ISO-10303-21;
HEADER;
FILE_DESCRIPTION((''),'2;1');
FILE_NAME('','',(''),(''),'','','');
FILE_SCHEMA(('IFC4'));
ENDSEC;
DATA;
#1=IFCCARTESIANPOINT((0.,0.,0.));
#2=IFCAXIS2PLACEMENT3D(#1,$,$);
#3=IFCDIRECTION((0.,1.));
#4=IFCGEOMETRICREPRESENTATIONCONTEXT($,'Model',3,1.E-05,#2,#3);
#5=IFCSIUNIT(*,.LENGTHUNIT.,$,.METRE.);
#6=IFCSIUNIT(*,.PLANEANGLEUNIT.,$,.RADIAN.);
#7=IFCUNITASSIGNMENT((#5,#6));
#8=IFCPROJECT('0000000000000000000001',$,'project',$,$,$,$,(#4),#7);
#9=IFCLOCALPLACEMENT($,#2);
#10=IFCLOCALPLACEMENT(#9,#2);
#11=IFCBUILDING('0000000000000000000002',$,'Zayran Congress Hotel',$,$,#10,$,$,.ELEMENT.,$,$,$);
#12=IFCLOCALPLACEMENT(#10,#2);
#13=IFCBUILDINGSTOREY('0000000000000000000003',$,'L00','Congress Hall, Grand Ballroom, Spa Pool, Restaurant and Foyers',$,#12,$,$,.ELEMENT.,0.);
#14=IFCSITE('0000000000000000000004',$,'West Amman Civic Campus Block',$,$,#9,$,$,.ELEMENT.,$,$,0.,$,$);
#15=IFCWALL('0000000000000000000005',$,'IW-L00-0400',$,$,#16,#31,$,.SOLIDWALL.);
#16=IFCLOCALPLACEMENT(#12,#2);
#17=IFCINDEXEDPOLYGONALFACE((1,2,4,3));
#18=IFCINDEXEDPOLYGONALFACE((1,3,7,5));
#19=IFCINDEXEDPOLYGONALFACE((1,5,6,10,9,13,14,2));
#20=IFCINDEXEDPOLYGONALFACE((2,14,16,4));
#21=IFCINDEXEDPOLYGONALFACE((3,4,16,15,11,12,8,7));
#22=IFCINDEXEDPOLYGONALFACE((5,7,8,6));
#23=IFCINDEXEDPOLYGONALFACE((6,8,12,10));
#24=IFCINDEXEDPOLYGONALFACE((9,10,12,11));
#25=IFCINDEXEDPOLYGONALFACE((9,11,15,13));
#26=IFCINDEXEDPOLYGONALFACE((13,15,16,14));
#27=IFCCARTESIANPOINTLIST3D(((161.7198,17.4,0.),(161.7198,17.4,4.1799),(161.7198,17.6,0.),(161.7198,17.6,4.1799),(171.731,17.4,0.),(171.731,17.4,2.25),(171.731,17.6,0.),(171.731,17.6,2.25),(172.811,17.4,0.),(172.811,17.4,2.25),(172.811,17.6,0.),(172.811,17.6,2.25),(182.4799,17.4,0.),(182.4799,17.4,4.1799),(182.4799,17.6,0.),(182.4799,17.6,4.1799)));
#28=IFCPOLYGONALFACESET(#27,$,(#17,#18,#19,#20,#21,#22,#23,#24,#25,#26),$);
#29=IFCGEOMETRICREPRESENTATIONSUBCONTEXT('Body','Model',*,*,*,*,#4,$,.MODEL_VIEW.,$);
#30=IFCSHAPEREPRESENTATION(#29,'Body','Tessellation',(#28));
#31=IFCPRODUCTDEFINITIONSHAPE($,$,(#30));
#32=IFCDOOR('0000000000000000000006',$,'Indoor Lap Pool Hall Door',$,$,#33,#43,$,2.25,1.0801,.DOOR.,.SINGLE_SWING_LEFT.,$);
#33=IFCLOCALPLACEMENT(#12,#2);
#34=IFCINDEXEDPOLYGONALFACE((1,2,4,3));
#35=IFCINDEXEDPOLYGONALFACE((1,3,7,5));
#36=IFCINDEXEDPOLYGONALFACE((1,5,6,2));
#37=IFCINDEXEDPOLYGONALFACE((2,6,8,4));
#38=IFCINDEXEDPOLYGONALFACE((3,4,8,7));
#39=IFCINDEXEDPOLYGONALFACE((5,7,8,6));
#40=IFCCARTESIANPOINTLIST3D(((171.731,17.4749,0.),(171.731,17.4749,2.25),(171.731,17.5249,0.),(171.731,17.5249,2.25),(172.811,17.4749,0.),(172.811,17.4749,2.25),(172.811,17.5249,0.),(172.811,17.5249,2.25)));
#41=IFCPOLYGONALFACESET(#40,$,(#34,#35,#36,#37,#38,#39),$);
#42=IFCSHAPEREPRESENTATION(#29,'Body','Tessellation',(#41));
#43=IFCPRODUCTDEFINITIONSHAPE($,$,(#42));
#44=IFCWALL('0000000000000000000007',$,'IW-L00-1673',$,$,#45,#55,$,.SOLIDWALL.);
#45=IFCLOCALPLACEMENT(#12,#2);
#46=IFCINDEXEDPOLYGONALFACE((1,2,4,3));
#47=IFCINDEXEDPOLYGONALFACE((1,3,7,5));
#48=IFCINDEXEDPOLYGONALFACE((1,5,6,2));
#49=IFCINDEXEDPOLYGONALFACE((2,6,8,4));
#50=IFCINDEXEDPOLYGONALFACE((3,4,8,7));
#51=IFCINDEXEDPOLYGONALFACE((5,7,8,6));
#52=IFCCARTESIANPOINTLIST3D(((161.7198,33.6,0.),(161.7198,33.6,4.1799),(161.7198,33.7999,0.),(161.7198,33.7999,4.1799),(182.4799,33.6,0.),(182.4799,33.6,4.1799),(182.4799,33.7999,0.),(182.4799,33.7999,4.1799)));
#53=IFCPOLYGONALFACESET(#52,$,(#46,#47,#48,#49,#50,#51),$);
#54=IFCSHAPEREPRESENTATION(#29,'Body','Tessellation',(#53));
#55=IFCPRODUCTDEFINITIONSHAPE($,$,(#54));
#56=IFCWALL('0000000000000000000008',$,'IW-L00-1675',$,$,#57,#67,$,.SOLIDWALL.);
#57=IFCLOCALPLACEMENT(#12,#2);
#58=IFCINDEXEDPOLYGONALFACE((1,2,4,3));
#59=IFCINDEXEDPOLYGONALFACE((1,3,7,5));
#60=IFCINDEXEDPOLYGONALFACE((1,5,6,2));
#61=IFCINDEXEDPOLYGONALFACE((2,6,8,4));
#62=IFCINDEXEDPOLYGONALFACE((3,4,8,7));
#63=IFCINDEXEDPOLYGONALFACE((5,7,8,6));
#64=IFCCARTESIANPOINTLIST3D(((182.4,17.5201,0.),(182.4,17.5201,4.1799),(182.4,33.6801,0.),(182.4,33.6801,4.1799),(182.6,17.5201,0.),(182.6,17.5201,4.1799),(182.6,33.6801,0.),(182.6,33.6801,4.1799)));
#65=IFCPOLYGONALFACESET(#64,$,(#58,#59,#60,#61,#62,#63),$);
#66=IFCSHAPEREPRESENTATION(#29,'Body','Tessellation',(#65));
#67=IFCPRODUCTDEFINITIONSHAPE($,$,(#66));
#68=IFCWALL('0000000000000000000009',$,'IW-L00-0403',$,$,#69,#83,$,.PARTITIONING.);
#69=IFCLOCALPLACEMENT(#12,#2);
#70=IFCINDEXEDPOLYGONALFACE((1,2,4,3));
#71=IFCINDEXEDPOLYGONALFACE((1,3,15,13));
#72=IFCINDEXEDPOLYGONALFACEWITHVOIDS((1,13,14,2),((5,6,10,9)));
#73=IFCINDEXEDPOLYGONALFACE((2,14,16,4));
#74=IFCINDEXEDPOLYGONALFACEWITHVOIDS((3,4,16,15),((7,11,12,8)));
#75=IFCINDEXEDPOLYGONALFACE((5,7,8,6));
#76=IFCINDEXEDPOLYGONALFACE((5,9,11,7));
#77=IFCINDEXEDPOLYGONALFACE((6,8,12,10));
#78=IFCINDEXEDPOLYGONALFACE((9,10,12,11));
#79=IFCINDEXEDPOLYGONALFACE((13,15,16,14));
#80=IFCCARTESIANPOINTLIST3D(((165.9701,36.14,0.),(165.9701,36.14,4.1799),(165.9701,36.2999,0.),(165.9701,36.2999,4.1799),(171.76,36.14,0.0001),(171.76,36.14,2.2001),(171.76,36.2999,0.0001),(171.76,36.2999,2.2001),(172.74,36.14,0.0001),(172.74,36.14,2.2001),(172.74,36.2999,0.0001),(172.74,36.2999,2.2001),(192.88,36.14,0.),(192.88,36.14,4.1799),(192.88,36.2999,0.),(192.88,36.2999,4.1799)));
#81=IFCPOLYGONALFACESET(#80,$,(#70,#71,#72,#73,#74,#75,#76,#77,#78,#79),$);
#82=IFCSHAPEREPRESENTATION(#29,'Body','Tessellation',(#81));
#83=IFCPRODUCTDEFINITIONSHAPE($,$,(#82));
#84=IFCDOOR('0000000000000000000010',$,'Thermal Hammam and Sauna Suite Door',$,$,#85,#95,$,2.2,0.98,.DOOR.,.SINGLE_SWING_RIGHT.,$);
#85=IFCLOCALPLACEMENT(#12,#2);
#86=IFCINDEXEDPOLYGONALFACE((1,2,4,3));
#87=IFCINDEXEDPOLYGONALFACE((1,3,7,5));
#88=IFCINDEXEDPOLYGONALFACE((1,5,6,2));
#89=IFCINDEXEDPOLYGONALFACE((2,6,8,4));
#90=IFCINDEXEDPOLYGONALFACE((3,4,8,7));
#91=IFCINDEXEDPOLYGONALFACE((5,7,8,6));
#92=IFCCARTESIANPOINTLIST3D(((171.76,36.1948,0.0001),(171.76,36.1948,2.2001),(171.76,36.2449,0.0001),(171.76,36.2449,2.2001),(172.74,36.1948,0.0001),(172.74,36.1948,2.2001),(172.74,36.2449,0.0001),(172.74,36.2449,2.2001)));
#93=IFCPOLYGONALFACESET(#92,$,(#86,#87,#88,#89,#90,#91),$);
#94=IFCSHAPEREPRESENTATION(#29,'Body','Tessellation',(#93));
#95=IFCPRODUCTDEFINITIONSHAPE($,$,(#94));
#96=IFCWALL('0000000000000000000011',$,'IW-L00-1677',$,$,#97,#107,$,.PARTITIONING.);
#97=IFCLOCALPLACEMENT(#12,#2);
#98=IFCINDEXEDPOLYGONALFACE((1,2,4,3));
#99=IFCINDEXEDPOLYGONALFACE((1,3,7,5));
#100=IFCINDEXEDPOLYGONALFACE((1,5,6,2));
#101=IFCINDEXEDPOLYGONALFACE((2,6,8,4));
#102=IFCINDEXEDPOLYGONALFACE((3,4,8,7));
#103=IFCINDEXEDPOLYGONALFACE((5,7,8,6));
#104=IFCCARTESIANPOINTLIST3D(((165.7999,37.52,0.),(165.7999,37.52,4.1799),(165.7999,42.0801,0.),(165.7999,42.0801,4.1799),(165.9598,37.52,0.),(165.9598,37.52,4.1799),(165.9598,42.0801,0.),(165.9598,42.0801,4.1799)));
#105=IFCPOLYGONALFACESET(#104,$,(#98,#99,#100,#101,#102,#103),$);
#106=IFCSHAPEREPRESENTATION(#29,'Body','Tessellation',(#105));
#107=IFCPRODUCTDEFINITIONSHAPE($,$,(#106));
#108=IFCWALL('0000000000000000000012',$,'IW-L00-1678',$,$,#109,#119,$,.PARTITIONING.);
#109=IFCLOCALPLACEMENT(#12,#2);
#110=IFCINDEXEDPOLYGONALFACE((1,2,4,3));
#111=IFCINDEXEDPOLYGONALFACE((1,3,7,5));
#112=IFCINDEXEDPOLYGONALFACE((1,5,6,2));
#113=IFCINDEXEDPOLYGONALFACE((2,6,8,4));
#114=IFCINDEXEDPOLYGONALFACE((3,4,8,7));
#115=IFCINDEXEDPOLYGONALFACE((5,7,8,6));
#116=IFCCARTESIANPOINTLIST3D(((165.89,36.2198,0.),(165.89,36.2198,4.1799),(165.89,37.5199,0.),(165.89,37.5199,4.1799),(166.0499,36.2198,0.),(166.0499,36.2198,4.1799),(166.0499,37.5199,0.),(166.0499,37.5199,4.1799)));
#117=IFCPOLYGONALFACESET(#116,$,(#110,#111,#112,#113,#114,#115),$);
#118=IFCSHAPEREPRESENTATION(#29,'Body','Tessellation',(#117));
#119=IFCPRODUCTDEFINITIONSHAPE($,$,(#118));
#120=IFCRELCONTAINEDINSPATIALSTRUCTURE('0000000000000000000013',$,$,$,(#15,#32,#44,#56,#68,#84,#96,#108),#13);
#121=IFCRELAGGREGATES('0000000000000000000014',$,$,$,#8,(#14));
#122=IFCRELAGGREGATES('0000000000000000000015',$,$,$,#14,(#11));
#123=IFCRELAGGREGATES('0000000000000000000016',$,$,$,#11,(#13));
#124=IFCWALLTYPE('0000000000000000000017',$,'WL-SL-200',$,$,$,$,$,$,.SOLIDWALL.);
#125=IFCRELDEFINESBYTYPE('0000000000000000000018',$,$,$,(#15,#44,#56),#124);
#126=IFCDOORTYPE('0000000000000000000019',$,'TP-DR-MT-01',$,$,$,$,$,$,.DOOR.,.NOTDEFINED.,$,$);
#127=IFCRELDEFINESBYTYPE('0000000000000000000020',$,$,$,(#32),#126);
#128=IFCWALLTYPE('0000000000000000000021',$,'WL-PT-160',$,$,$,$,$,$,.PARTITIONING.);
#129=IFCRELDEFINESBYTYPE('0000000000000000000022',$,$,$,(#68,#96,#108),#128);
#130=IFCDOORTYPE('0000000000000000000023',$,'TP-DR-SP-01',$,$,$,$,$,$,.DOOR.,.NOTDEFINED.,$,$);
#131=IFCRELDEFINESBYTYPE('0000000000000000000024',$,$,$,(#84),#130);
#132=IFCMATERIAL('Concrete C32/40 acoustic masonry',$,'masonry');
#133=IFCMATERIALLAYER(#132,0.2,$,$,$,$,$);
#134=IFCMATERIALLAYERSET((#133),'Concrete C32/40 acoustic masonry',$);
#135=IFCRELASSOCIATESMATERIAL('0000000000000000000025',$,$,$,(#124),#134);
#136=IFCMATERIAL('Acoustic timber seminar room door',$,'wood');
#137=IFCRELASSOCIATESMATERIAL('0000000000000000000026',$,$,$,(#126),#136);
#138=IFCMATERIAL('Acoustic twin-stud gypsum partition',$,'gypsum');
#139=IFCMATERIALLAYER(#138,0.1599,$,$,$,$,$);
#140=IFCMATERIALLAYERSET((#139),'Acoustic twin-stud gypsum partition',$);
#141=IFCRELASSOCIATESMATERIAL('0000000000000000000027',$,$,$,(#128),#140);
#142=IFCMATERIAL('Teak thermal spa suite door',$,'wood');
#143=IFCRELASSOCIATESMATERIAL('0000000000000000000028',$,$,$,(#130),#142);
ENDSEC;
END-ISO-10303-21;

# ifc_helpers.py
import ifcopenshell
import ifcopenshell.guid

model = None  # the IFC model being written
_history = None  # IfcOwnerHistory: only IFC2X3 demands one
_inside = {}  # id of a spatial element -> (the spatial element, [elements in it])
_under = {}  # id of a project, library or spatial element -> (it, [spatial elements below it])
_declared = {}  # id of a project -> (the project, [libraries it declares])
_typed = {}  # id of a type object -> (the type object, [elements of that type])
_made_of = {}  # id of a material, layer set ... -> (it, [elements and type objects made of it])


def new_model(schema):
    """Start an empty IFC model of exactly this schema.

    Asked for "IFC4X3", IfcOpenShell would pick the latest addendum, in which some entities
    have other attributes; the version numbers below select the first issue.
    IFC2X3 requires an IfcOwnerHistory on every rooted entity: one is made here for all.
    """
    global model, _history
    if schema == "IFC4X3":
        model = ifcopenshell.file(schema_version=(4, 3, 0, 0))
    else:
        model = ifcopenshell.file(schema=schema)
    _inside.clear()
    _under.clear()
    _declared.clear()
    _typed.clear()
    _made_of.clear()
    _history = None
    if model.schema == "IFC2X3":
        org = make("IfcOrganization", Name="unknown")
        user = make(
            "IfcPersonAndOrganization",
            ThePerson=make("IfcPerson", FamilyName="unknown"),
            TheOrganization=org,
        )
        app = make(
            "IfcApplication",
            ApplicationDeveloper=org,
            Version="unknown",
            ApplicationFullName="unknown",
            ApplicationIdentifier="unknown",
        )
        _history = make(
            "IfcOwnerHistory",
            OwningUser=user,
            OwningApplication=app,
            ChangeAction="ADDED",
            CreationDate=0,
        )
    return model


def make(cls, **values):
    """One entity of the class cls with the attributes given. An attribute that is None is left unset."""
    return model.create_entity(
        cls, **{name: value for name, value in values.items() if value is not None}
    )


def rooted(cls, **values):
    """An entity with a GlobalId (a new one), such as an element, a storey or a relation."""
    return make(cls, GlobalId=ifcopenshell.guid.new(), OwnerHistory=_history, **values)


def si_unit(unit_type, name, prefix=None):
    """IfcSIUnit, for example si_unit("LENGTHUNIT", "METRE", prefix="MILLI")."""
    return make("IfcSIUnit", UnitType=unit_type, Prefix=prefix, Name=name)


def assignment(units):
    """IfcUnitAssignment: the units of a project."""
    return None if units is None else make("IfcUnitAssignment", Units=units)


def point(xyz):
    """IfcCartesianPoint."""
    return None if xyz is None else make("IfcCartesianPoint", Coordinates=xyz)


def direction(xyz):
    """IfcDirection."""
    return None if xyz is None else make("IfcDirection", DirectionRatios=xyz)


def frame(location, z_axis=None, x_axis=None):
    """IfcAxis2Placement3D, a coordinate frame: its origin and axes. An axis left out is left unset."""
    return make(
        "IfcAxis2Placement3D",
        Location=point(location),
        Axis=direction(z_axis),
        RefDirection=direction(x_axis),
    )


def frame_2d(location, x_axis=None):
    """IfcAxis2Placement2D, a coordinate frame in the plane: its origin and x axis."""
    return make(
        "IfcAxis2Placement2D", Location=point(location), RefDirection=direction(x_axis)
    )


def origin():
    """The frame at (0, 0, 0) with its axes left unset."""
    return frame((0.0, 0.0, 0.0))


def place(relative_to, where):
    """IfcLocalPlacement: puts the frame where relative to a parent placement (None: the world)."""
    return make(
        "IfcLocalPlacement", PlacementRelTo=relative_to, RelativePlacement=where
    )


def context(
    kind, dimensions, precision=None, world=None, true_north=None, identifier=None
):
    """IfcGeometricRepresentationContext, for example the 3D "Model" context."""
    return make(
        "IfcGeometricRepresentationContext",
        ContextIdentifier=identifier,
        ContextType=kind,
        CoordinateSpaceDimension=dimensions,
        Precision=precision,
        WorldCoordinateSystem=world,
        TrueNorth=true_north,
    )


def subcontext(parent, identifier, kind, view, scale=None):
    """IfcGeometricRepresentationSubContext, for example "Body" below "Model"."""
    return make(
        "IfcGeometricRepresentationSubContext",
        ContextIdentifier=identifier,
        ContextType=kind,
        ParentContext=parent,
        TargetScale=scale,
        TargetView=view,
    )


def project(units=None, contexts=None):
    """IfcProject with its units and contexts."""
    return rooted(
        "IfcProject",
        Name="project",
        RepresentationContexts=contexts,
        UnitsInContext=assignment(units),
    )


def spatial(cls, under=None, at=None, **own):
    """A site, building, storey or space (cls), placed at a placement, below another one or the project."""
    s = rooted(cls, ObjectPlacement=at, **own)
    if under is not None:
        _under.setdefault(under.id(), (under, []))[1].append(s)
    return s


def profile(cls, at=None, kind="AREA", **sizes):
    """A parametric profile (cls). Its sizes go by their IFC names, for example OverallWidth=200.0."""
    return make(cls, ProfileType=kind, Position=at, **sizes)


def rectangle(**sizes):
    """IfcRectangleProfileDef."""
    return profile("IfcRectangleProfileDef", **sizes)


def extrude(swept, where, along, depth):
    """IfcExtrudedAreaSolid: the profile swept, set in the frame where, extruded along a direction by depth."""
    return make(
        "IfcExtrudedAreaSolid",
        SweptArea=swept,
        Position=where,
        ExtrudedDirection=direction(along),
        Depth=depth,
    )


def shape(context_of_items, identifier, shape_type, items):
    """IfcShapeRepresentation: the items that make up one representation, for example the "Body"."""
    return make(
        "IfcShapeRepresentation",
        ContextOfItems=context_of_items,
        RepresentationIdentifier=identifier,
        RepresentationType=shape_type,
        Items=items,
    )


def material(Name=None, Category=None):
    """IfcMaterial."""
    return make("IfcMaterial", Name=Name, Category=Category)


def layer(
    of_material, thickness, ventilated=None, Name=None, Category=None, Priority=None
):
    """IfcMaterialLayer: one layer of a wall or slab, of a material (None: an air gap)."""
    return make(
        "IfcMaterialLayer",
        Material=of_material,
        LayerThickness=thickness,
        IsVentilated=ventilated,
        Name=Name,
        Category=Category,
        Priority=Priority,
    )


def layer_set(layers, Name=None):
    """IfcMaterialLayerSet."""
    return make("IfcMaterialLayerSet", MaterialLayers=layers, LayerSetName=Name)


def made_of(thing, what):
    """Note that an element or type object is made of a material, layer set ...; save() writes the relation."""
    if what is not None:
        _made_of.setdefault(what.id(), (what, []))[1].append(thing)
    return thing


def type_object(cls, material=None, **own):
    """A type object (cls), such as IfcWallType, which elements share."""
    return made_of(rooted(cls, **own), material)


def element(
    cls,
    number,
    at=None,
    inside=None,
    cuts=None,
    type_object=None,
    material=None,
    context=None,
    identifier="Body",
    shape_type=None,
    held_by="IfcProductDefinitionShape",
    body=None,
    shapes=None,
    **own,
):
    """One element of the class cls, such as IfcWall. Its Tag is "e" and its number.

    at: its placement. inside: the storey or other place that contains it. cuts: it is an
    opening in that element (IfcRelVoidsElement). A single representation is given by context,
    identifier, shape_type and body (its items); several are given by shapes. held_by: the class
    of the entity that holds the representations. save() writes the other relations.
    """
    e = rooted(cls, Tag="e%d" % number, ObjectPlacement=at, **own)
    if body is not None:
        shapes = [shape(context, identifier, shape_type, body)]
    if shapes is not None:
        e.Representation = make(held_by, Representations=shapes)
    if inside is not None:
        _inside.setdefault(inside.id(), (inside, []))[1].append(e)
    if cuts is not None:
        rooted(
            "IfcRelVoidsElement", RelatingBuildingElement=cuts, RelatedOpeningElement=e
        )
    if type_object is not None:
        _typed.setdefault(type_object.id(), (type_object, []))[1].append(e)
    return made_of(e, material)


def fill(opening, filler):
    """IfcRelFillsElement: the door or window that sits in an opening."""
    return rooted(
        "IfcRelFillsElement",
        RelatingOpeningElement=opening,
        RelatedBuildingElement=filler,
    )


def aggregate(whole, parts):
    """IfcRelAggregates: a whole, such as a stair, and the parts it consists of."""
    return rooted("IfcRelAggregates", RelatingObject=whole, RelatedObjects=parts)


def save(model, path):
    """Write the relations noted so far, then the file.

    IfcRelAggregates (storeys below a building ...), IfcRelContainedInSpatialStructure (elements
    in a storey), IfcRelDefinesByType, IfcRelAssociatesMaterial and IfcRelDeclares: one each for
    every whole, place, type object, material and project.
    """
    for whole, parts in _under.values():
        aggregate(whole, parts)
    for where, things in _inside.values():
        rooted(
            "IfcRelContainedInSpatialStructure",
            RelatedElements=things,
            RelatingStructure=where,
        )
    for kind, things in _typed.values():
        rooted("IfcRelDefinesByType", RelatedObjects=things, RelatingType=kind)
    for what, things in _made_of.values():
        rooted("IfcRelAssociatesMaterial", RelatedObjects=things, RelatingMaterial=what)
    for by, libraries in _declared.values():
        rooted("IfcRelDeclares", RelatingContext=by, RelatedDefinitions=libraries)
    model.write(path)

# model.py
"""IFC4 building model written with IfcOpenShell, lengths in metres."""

from ifc_helpers import new_model, si_unit, direction, frame, frame_2d, origin, place, context, subcontext, project, spatial, rectangle, extrude, material, layer, layer_set, type_object, element, fill, save


model = new_model("IFC4")

# Units and contexts
model_context = context("Model", 3, precision=1e-05, world=origin(), true_north=direction((0.0, 1.0)))
body_context = subcontext(model_context, "Body", "Model", "MODEL_VIEW")
ifc_project = project(units=[si_unit("LENGTHUNIT", "METRE"), si_unit("PLANEANGLEUNIT", "RADIAN")], contexts=[model_context])

# Site, building, storey
site_placement = place(None, origin())
site = spatial("IfcSite", under=ifc_project, at=site_placement, Name="West Amman Civic Campus Block", CompositionType="ELEMENT", RefElevation=0.0)
building_placement = place(site_placement, origin())
building = spatial("IfcBuilding", under=site, at=building_placement, Name="Zayran Congress Hotel", CompositionType="ELEMENT")
storey_placement = place(building_placement, origin())
storey = spatial("IfcBuildingStorey", under=building, at=storey_placement, Name="L00", Description="Congress Hall, Grand Ballroom, Spa Pool, Restaurant and Foyers", CompositionType="ELEMENT", Elevation=0.0)

# Wall, opening, door
ifc_material_1 = material(Name="Concrete C32/40 acoustic masonry", Category="masonry")
ifc_layer_1 = layer(ifc_material_1, 0.2)
ifc_layer_set_1 = layer_set([ifc_layer_1], Name="Concrete C32/40 acoustic masonry")
wall_type_1 = type_object("IfcWallType", Name="WL-SL-200", PredefinedType="SOLIDWALL", material=ifc_layer_set_1)
wall_1_placement = place(storey_placement, frame((161.72, 17.5, 0.0), z_axis=(0.0, 0.0, 1.0), x_axis=(1.0, 0.0, 0.0)))
wall_1 = element("IfcWall", 1, at=wall_1_placement, inside=storey, type_object=wall_type_1, Name="IW-L00-0400", PredefinedType="SOLIDWALL", context=body_context, shape_type="SweptSolid", body=[
    extrude(rectangle(XDim=20.76, YDim=0.2, at=frame_2d((10.3799, 0.0))), origin(), (0.0, 0.0, 1.0), 4.1799),
])
opening_1_placement = place(wall_1_placement, frame((10.011, 0.0, 0.0)))
opening_1 = element("IfcOpeningElement", 2, at=opening_1_placement, cuts=wall_1, PredefinedType="OPENING", context=body_context, shape_type="SweptSolid", body=[
    extrude(rectangle(XDim=1.0801, YDim=2.25, at=frame_2d((0.54, 1.125))), frame((0.0, 0.1099, 0.0), z_axis=(0.0, -1.0, 0.0), x_axis=(1.0, 0.0, 0.0)), (0.0, 0.0, 1.0), 0.22),
])
ifc_material_2 = material(Name="Acoustic timber seminar room door", Category="wood")
door_type_1 = type_object("IfcDoorType", Name="TP-DR-MT-01", OperationType="NOTDEFINED", PredefinedType="DOOR", material=ifc_material_2)
door_1_placement = place(opening_1_placement, origin())
door_1 = element("IfcDoor", 3, at=door_1_placement, inside=storey, type_object=door_type_1, Name="Indoor Lap Pool Hall Door", OperationType="SINGLE_SWING_LEFT", OverallHeight=2.25, OverallWidth=1.0801, PredefinedType="DOOR", context=body_context, shape_type="SweptSolid", body=[
    extrude(rectangle(XDim=1.0801, YDim=2.25, at=frame_2d((0.54, 1.125))), frame((0.0, 0.0249, 0.0), z_axis=(0.0, -1.0, 0.0), x_axis=(1.0, 0.0, 0.0)), (0.0, 0.0, 1.0), 0.05),
])
fill(opening_1, door_1)

# Walls
wall_2_placement = place(storey_placement, frame((161.72, 33.7, 0.0), z_axis=(0.0, 0.0, 1.0), x_axis=(1.0, 0.0, 0.0)))
element("IfcWall", 4, at=wall_2_placement, inside=storey, type_object=wall_type_1, Name="IW-L00-1673", PredefinedType="SOLIDWALL", context=body_context, shape_type="SweptSolid", body=[
    extrude(rectangle(XDim=20.76, YDim=0.2, at=frame_2d((10.3799, 0.0))), origin(), (0.0, 0.0, 1.0), 4.1799),
])
wall_3_placement = place(storey_placement, frame((182.5, 17.52, 0.0), z_axis=(0.0, 0.0, 1.0), x_axis=(0.0, 1.0, 0.0)))
element("IfcWall", 5, at=wall_3_placement, inside=storey, type_object=wall_type_1, Name="IW-L00-1675", PredefinedType="SOLIDWALL", context=body_context, shape_type="SweptSolid", body=[
    extrude(rectangle(XDim=16.1599, YDim=0.2, at=frame_2d((8.0801, 0.0))), origin(), (0.0, 0.0, 1.0), 4.1799),
])

# Wall, opening, door
ifc_material_3 = material(Name="Acoustic twin-stud gypsum partition", Category="gypsum")
ifc_layer_2 = layer(ifc_material_3, 0.1599)
ifc_layer_set_2 = layer_set([ifc_layer_2], Name="Acoustic twin-stud gypsum partition")
wall_type_2 = type_object("IfcWallType", Name="WL-PT-160", PredefinedType="PARTITIONING", material=ifc_layer_set_2)
wall_4_placement = place(storey_placement, frame((165.97, 36.22, 0.0), z_axis=(0.0, 0.0, 1.0), x_axis=(1.0, 0.0, 0.0)))
wall_4 = element("IfcWall", 6, at=wall_4_placement, inside=storey, type_object=wall_type_2, Name="IW-L00-0403", PredefinedType="PARTITIONING", context=body_context, shape_type="SweptSolid", body=[
    extrude(rectangle(XDim=26.9099, YDim=0.1599, at=frame_2d((13.4551, 0.0))), origin(), (0.0, 0.0, 1.0), 4.1799),
])
opening_2_placement = place(wall_4_placement, frame((5.79, 0.0, 0.0)))
opening_2 = element("IfcOpeningElement", 7, at=opening_2_placement, cuts=wall_4, PredefinedType="OPENING", context=body_context, shape_type="SweptSolid", body=[
    extrude(rectangle(XDim=0.98, YDim=2.2, at=frame_2d((0.49, 1.1001))), frame((0.0, 0.0898, 0.0), z_axis=(0.0, -1.0, 0.0), x_axis=(1.0, 0.0, 0.0)), (0.0, 0.0, 1.0), 0.1799),
])
ifc_material_4 = material(Name="Teak thermal spa suite door", Category="wood")
door_type_2 = type_object("IfcDoorType", Name="TP-DR-SP-01", OperationType="NOTDEFINED", PredefinedType="DOOR", material=ifc_material_4)
door_2_placement = place(opening_2_placement, origin())
door_2 = element("IfcDoor", 8, at=door_2_placement, inside=storey, type_object=door_type_2, Name="Thermal Hammam and Sauna Suite Door", OperationType="SINGLE_SWING_RIGHT", OverallHeight=2.2, OverallWidth=0.98, PredefinedType="DOOR", context=body_context, shape_type="SweptSolid", body=[
    extrude(rectangle(XDim=0.98, YDim=2.2, at=frame_2d((0.49, 1.1001))), frame((0.0, 0.0249, 0.0), z_axis=(0.0, -1.0, 0.0), x_axis=(1.0, 0.0, 0.0)), (0.0, 0.0, 1.0), 0.05),
])
fill(opening_2, door_2)

# Walls
wall_5_placement = place(storey_placement, frame((165.8799, 37.52, 0.0), z_axis=(0.0, 0.0, 1.0), x_axis=(0.0, 1.0, 0.0)))
element("IfcWall", 9, at=wall_5_placement, inside=storey, type_object=wall_type_2, Name="IW-L00-1677", PredefinedType="PARTITIONING", context=body_context, shape_type="SweptSolid", body=[
    extrude(rectangle(XDim=4.5601, YDim=0.1599, at=frame_2d((2.28, 0.0))), origin(), (0.0, 0.0, 1.0), 4.1799),
])
wall_6_placement = place(storey_placement, frame((165.97, 36.22, 0.0), z_axis=(0.0, 0.0, 1.0), x_axis=(0.0, 1.0, 0.0)))
element("IfcWall", 10, at=wall_6_placement, inside=storey, type_object=wall_type_2, Name="IW-L00-1678", PredefinedType="PARTITIONING", context=body_context, shape_type="SweptSolid", body=[
    extrude(rectangle(XDim=1.3, YDim=0.1599, at=frame_2d((0.6499, 0.0))), origin(), (0.0, 0.0, 1.0), 4.1799),
])

save(model, "model.ifc")
